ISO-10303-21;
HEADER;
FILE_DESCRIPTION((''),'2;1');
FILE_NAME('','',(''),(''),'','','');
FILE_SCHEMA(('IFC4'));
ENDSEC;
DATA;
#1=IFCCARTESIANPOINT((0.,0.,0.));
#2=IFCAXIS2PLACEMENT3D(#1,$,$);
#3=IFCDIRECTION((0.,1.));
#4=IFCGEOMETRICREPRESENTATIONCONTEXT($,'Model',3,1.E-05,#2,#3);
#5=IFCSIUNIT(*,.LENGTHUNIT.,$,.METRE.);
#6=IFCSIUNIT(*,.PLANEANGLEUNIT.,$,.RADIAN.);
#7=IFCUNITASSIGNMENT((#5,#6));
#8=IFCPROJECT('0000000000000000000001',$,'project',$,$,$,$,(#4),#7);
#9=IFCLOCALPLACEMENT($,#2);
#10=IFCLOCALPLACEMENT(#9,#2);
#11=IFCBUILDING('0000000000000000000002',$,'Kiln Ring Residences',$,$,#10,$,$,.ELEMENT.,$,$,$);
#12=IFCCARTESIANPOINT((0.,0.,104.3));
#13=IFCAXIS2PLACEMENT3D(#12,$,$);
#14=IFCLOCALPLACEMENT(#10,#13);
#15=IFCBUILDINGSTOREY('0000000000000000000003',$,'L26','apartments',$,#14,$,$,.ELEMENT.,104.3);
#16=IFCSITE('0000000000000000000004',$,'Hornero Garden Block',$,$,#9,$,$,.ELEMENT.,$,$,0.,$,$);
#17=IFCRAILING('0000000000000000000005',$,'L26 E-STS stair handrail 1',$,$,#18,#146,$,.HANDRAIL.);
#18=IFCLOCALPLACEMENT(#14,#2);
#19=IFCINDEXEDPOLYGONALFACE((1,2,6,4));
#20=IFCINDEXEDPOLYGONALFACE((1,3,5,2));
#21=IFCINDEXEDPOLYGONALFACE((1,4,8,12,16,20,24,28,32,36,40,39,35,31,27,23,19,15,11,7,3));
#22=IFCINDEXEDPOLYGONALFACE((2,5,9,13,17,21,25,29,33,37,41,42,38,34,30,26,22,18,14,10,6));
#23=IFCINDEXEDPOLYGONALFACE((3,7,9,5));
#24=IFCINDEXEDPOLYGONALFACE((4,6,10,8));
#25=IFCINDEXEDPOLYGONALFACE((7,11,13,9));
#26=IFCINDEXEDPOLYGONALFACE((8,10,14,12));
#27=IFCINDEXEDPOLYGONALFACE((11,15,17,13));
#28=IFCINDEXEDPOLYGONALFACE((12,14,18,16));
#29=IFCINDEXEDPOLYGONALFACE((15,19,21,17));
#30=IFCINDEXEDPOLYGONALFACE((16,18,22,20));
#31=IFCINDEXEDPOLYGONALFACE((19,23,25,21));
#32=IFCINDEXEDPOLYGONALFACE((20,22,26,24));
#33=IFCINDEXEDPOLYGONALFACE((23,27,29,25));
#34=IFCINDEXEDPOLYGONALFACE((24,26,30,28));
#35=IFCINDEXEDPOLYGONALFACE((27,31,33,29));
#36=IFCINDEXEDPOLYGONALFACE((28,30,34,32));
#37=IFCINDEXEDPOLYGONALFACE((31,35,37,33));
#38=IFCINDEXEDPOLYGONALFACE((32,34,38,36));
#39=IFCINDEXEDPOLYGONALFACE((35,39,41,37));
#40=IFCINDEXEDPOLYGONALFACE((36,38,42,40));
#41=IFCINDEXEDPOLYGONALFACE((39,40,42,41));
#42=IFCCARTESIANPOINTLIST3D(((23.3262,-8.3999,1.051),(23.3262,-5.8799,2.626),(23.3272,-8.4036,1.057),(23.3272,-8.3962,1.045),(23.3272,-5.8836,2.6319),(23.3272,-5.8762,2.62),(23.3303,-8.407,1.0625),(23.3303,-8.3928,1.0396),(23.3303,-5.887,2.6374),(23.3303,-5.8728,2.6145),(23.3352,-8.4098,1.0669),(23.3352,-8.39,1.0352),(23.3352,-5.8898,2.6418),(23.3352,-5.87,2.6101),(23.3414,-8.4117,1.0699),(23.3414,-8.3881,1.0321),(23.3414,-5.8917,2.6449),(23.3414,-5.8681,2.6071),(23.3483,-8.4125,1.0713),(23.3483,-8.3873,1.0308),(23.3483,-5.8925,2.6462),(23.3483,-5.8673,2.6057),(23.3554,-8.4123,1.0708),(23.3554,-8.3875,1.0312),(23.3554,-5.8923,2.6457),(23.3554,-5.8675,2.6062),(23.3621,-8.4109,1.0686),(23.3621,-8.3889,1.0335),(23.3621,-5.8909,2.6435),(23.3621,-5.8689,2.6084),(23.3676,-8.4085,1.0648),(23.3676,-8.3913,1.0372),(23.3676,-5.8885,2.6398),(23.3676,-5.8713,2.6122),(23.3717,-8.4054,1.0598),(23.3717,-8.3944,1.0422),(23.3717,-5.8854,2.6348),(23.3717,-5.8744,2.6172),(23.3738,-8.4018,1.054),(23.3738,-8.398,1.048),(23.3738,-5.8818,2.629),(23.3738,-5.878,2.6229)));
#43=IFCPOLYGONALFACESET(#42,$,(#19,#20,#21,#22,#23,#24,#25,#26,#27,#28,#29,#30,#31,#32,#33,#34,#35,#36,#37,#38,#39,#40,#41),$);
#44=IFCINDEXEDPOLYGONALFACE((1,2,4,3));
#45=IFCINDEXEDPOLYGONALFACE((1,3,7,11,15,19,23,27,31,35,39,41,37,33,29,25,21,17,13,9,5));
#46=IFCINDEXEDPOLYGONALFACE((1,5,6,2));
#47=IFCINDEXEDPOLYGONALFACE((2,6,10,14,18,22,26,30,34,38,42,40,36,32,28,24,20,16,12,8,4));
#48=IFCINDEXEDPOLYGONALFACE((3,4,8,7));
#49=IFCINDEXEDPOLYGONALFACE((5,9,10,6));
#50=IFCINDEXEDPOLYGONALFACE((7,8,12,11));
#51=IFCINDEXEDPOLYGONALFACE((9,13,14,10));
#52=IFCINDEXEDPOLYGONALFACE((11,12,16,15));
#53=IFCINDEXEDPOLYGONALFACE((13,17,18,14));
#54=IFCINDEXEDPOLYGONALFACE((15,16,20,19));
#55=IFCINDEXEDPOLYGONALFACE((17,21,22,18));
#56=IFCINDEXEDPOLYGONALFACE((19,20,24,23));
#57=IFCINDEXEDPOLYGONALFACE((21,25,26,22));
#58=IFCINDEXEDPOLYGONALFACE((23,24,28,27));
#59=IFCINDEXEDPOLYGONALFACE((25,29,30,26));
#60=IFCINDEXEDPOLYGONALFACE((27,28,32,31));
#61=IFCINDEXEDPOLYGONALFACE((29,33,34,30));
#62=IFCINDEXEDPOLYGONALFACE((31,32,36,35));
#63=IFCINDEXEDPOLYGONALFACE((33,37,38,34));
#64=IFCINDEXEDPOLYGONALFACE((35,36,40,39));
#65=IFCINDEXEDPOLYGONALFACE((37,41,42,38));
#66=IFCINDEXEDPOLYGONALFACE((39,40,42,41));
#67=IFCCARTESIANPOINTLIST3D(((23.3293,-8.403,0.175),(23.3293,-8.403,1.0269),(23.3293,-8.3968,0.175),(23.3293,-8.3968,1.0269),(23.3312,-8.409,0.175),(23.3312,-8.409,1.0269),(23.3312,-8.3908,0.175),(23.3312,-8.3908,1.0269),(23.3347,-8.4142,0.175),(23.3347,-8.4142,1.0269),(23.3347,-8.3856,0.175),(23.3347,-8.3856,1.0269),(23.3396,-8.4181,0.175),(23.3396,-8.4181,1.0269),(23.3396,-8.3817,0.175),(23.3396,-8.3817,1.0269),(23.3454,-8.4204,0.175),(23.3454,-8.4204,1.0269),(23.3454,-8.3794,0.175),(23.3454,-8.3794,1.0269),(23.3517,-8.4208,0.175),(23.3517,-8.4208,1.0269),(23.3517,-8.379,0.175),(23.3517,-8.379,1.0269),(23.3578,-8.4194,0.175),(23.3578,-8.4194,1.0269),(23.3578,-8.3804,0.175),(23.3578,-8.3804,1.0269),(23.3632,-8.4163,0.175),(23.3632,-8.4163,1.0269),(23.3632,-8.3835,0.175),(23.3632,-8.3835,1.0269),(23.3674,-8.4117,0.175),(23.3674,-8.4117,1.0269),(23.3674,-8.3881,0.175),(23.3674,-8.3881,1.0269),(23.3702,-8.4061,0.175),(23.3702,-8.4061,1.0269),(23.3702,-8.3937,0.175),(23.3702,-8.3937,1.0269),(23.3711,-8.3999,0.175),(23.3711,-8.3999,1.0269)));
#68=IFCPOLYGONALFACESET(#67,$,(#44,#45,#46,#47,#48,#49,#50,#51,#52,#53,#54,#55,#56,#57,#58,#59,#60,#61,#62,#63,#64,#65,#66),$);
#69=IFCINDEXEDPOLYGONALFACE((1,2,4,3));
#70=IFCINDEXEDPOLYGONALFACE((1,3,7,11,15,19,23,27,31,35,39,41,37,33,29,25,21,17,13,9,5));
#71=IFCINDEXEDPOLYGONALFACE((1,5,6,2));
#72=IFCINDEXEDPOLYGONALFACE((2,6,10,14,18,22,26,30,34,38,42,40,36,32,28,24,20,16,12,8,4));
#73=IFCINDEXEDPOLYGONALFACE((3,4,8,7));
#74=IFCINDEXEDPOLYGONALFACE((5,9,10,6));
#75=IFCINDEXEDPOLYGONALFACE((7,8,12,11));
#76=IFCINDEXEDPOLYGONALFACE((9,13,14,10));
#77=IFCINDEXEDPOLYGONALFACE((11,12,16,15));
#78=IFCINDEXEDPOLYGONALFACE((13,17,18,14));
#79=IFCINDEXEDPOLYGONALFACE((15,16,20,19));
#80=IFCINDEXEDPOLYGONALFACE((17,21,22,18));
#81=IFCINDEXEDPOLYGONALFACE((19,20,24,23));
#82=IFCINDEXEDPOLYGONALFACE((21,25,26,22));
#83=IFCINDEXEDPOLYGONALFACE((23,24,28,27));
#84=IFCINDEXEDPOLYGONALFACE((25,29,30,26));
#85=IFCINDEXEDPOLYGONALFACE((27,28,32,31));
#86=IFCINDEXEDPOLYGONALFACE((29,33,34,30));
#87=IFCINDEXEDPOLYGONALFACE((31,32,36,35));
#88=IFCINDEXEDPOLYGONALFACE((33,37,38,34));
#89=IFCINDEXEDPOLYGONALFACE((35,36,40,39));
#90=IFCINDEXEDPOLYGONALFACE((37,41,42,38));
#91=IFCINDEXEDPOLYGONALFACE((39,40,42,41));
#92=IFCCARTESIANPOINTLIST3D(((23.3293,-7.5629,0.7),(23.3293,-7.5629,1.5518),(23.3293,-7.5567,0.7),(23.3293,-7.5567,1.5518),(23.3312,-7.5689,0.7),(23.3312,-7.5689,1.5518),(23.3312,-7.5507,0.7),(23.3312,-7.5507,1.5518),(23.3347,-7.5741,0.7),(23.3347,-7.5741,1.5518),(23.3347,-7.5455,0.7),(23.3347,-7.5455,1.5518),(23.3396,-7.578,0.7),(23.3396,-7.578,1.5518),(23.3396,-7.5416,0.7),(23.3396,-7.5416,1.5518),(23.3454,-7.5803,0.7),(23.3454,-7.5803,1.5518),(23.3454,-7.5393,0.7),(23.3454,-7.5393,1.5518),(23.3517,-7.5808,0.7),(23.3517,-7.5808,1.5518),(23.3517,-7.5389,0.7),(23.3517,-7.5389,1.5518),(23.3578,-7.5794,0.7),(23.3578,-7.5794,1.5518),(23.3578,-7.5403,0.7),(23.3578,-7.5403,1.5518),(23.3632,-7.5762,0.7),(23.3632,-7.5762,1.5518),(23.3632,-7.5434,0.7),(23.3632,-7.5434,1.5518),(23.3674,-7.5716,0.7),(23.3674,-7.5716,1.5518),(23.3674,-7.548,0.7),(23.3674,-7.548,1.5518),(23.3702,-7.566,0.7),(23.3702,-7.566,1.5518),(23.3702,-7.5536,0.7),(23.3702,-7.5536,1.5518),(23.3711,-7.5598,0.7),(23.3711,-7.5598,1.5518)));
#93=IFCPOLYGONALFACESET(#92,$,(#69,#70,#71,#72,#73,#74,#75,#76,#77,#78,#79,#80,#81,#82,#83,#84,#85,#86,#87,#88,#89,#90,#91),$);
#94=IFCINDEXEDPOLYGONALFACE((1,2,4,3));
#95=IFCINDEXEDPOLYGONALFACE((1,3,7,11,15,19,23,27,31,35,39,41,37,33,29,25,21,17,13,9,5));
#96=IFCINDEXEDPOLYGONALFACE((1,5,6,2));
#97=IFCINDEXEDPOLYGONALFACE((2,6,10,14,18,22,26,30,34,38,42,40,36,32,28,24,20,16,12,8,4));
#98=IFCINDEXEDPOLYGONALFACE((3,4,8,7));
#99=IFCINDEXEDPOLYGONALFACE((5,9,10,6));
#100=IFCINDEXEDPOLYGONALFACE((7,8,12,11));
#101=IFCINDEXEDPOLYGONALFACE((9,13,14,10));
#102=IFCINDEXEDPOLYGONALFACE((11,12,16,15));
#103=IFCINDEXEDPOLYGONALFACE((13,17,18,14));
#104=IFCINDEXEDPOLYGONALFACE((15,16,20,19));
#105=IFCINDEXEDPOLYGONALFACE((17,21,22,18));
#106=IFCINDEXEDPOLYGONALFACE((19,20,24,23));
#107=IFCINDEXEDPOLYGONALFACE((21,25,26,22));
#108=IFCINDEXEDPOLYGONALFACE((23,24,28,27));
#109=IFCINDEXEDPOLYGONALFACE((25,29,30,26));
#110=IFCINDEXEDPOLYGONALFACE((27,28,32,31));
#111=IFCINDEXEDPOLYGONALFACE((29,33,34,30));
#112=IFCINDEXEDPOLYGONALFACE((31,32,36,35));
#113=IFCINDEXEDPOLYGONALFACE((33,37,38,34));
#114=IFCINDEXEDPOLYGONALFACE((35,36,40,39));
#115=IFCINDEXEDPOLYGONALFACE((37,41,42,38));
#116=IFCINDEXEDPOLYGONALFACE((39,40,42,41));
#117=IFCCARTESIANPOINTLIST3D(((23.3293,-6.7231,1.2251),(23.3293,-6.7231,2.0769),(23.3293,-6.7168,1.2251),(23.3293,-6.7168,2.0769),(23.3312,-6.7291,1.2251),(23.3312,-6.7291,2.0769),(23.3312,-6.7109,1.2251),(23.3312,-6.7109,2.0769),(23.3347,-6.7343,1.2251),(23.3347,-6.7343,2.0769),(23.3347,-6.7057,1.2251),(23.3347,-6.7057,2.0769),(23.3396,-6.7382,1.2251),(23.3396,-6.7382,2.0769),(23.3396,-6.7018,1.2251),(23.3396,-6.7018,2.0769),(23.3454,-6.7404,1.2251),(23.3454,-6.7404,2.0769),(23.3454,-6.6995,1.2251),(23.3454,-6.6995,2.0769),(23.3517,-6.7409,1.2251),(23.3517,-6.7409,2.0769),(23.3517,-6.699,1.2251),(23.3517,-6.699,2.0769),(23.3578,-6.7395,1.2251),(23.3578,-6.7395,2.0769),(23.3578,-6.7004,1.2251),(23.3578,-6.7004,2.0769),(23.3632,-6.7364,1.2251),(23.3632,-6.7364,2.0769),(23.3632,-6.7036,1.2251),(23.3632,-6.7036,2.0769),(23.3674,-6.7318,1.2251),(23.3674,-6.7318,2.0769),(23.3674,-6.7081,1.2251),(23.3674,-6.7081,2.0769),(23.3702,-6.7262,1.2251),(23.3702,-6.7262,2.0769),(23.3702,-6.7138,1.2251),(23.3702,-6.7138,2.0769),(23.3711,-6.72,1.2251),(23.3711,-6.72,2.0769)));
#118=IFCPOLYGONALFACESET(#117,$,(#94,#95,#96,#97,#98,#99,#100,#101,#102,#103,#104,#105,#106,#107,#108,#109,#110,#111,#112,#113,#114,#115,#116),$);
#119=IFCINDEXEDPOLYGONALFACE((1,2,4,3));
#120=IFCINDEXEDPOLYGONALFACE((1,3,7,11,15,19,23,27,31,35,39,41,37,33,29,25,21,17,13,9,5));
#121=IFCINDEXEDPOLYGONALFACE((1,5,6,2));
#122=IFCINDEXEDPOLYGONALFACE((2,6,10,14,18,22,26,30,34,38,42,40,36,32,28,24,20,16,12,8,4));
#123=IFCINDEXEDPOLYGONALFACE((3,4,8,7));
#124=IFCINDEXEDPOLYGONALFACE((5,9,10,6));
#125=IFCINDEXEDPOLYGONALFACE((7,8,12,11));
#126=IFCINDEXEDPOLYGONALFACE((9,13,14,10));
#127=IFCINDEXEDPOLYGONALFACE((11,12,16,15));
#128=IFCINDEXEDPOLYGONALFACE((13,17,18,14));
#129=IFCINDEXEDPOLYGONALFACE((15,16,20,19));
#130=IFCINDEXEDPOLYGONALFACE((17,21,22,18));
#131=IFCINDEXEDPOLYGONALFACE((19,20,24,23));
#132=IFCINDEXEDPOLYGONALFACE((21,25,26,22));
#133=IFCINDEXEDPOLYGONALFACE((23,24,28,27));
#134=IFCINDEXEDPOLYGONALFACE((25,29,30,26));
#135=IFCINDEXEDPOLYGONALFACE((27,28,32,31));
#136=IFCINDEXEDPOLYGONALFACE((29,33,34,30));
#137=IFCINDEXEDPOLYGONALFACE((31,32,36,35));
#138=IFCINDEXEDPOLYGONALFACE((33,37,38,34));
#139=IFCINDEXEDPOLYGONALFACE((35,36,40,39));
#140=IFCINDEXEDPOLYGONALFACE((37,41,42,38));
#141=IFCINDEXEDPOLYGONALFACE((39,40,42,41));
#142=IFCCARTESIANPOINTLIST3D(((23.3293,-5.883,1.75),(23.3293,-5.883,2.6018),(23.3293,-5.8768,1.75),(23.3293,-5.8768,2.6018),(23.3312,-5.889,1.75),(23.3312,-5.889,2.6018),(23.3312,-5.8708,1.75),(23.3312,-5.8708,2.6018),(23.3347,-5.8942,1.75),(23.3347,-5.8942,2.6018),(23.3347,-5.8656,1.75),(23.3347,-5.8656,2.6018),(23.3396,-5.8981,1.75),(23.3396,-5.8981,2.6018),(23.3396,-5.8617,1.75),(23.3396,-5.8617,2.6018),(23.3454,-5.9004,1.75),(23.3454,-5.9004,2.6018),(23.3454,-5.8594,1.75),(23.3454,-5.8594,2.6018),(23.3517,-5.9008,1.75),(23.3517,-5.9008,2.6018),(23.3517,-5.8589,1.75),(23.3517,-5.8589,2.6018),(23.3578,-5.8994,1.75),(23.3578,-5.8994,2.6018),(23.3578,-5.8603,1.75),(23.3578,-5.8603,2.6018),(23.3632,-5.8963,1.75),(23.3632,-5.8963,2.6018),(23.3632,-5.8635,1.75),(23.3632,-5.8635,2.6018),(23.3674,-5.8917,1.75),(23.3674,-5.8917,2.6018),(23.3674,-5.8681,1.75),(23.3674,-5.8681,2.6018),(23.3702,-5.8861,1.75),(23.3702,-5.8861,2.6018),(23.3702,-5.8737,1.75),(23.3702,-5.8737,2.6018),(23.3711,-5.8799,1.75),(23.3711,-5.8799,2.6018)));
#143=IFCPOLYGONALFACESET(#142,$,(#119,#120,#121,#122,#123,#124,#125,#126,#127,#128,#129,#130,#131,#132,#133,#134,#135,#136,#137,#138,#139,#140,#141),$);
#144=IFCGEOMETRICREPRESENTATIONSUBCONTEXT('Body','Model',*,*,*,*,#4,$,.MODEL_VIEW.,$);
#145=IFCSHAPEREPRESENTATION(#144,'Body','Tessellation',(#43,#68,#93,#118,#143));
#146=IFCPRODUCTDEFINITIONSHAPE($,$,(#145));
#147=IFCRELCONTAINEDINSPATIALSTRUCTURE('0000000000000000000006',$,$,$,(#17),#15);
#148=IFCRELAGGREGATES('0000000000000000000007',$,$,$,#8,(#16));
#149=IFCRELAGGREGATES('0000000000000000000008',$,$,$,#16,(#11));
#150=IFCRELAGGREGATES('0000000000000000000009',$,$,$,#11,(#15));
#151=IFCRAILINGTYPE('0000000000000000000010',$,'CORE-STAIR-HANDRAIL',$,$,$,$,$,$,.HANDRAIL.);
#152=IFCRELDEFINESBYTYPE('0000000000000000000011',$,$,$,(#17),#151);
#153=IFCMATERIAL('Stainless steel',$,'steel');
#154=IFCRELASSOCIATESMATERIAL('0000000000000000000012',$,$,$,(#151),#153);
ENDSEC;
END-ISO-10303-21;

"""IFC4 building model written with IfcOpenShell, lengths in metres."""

from ifc_helpers import new_model, si_unit, direction, frame, origin, origin_2d, place, context, subcontext, project, spatial, circle, extrude, material, type_object, element, save


model = new_model("IFC4")

# Units and contexts
model_context = context("Model", 3, precision=1e-05, world=origin(), true_north=direction((0.0, 1.0)))
body_context = subcontext(model_context, "Body", "Model", "MODEL_VIEW")
ifc_project = project(units=[si_unit("LENGTHUNIT", "METRE"), si_unit("PLANEANGLEUNIT", "RADIAN")], contexts=[model_context])

# Site, building, storey
site_placement = place(None, origin())
site = spatial("IfcSite", under=ifc_project, at=site_placement, Name="Hornero Garden Block", CompositionType="ELEMENT", RefElevation=0.0)
building_placement = place(site_placement, origin())
building = spatial("IfcBuilding", under=site, at=building_placement, Name="Kiln Ring Residences", CompositionType="ELEMENT")
storey_placement = place(building_placement, frame((0.0, 0.0, 104.3)))
storey = spatial("IfcBuildingStorey", under=building, at=storey_placement, Name="L26", Description="apartments", CompositionType="ELEMENT", Elevation=104.3)

# Railing
ifc_material_1 = material(Name="Stainless steel", Category="steel")
railing_type_1 = type_object("IfcRailingType", Name="CORE-STAIR-HANDRAIL", PredefinedType="HANDRAIL", material=ifc_material_1)
railing_1_placement = place(storey_placement, frame((23.3501, -8.3999, 0.175)))
element("IfcRailing", 1, at=railing_1_placement, inside=storey, type_object=railing_type_1, Name="L26 E-STS stair handrail 1", PredefinedType="HANDRAIL", context=body_context, shape_type="SweptSolid", body=[
    extrude(circle(Radius=0.0239, at=origin_2d()), frame((0.0, 0.0, 0.876), z_axis=(0.0, 0.848008, 0.529984), x_axis=(-1.0, 0.0, 0.0)), (0.0, 0.0, 1.0), 2.9717),
    extrude(circle(Radius=0.021, at=origin_2d()), origin(), (0.0, 0.0, 1.0), 0.8518),
    extrude(circle(Radius=0.021, at=origin_2d()), frame((0.0, 0.8401, 0.5249)), (0.0, 0.0, 1.0), 0.8518),
    extrude(circle(Radius=0.021, at=origin_2d()), frame((0.0, 1.6799, 1.05)), (0.0, 0.0, 1.0), 0.8518),
    extrude(circle(Radius=0.021, at=origin_2d()), frame((0.0, 2.52, 1.575)), (0.0, 0.0, 1.0), 0.8518),
])

save(model, "model.ifc")
